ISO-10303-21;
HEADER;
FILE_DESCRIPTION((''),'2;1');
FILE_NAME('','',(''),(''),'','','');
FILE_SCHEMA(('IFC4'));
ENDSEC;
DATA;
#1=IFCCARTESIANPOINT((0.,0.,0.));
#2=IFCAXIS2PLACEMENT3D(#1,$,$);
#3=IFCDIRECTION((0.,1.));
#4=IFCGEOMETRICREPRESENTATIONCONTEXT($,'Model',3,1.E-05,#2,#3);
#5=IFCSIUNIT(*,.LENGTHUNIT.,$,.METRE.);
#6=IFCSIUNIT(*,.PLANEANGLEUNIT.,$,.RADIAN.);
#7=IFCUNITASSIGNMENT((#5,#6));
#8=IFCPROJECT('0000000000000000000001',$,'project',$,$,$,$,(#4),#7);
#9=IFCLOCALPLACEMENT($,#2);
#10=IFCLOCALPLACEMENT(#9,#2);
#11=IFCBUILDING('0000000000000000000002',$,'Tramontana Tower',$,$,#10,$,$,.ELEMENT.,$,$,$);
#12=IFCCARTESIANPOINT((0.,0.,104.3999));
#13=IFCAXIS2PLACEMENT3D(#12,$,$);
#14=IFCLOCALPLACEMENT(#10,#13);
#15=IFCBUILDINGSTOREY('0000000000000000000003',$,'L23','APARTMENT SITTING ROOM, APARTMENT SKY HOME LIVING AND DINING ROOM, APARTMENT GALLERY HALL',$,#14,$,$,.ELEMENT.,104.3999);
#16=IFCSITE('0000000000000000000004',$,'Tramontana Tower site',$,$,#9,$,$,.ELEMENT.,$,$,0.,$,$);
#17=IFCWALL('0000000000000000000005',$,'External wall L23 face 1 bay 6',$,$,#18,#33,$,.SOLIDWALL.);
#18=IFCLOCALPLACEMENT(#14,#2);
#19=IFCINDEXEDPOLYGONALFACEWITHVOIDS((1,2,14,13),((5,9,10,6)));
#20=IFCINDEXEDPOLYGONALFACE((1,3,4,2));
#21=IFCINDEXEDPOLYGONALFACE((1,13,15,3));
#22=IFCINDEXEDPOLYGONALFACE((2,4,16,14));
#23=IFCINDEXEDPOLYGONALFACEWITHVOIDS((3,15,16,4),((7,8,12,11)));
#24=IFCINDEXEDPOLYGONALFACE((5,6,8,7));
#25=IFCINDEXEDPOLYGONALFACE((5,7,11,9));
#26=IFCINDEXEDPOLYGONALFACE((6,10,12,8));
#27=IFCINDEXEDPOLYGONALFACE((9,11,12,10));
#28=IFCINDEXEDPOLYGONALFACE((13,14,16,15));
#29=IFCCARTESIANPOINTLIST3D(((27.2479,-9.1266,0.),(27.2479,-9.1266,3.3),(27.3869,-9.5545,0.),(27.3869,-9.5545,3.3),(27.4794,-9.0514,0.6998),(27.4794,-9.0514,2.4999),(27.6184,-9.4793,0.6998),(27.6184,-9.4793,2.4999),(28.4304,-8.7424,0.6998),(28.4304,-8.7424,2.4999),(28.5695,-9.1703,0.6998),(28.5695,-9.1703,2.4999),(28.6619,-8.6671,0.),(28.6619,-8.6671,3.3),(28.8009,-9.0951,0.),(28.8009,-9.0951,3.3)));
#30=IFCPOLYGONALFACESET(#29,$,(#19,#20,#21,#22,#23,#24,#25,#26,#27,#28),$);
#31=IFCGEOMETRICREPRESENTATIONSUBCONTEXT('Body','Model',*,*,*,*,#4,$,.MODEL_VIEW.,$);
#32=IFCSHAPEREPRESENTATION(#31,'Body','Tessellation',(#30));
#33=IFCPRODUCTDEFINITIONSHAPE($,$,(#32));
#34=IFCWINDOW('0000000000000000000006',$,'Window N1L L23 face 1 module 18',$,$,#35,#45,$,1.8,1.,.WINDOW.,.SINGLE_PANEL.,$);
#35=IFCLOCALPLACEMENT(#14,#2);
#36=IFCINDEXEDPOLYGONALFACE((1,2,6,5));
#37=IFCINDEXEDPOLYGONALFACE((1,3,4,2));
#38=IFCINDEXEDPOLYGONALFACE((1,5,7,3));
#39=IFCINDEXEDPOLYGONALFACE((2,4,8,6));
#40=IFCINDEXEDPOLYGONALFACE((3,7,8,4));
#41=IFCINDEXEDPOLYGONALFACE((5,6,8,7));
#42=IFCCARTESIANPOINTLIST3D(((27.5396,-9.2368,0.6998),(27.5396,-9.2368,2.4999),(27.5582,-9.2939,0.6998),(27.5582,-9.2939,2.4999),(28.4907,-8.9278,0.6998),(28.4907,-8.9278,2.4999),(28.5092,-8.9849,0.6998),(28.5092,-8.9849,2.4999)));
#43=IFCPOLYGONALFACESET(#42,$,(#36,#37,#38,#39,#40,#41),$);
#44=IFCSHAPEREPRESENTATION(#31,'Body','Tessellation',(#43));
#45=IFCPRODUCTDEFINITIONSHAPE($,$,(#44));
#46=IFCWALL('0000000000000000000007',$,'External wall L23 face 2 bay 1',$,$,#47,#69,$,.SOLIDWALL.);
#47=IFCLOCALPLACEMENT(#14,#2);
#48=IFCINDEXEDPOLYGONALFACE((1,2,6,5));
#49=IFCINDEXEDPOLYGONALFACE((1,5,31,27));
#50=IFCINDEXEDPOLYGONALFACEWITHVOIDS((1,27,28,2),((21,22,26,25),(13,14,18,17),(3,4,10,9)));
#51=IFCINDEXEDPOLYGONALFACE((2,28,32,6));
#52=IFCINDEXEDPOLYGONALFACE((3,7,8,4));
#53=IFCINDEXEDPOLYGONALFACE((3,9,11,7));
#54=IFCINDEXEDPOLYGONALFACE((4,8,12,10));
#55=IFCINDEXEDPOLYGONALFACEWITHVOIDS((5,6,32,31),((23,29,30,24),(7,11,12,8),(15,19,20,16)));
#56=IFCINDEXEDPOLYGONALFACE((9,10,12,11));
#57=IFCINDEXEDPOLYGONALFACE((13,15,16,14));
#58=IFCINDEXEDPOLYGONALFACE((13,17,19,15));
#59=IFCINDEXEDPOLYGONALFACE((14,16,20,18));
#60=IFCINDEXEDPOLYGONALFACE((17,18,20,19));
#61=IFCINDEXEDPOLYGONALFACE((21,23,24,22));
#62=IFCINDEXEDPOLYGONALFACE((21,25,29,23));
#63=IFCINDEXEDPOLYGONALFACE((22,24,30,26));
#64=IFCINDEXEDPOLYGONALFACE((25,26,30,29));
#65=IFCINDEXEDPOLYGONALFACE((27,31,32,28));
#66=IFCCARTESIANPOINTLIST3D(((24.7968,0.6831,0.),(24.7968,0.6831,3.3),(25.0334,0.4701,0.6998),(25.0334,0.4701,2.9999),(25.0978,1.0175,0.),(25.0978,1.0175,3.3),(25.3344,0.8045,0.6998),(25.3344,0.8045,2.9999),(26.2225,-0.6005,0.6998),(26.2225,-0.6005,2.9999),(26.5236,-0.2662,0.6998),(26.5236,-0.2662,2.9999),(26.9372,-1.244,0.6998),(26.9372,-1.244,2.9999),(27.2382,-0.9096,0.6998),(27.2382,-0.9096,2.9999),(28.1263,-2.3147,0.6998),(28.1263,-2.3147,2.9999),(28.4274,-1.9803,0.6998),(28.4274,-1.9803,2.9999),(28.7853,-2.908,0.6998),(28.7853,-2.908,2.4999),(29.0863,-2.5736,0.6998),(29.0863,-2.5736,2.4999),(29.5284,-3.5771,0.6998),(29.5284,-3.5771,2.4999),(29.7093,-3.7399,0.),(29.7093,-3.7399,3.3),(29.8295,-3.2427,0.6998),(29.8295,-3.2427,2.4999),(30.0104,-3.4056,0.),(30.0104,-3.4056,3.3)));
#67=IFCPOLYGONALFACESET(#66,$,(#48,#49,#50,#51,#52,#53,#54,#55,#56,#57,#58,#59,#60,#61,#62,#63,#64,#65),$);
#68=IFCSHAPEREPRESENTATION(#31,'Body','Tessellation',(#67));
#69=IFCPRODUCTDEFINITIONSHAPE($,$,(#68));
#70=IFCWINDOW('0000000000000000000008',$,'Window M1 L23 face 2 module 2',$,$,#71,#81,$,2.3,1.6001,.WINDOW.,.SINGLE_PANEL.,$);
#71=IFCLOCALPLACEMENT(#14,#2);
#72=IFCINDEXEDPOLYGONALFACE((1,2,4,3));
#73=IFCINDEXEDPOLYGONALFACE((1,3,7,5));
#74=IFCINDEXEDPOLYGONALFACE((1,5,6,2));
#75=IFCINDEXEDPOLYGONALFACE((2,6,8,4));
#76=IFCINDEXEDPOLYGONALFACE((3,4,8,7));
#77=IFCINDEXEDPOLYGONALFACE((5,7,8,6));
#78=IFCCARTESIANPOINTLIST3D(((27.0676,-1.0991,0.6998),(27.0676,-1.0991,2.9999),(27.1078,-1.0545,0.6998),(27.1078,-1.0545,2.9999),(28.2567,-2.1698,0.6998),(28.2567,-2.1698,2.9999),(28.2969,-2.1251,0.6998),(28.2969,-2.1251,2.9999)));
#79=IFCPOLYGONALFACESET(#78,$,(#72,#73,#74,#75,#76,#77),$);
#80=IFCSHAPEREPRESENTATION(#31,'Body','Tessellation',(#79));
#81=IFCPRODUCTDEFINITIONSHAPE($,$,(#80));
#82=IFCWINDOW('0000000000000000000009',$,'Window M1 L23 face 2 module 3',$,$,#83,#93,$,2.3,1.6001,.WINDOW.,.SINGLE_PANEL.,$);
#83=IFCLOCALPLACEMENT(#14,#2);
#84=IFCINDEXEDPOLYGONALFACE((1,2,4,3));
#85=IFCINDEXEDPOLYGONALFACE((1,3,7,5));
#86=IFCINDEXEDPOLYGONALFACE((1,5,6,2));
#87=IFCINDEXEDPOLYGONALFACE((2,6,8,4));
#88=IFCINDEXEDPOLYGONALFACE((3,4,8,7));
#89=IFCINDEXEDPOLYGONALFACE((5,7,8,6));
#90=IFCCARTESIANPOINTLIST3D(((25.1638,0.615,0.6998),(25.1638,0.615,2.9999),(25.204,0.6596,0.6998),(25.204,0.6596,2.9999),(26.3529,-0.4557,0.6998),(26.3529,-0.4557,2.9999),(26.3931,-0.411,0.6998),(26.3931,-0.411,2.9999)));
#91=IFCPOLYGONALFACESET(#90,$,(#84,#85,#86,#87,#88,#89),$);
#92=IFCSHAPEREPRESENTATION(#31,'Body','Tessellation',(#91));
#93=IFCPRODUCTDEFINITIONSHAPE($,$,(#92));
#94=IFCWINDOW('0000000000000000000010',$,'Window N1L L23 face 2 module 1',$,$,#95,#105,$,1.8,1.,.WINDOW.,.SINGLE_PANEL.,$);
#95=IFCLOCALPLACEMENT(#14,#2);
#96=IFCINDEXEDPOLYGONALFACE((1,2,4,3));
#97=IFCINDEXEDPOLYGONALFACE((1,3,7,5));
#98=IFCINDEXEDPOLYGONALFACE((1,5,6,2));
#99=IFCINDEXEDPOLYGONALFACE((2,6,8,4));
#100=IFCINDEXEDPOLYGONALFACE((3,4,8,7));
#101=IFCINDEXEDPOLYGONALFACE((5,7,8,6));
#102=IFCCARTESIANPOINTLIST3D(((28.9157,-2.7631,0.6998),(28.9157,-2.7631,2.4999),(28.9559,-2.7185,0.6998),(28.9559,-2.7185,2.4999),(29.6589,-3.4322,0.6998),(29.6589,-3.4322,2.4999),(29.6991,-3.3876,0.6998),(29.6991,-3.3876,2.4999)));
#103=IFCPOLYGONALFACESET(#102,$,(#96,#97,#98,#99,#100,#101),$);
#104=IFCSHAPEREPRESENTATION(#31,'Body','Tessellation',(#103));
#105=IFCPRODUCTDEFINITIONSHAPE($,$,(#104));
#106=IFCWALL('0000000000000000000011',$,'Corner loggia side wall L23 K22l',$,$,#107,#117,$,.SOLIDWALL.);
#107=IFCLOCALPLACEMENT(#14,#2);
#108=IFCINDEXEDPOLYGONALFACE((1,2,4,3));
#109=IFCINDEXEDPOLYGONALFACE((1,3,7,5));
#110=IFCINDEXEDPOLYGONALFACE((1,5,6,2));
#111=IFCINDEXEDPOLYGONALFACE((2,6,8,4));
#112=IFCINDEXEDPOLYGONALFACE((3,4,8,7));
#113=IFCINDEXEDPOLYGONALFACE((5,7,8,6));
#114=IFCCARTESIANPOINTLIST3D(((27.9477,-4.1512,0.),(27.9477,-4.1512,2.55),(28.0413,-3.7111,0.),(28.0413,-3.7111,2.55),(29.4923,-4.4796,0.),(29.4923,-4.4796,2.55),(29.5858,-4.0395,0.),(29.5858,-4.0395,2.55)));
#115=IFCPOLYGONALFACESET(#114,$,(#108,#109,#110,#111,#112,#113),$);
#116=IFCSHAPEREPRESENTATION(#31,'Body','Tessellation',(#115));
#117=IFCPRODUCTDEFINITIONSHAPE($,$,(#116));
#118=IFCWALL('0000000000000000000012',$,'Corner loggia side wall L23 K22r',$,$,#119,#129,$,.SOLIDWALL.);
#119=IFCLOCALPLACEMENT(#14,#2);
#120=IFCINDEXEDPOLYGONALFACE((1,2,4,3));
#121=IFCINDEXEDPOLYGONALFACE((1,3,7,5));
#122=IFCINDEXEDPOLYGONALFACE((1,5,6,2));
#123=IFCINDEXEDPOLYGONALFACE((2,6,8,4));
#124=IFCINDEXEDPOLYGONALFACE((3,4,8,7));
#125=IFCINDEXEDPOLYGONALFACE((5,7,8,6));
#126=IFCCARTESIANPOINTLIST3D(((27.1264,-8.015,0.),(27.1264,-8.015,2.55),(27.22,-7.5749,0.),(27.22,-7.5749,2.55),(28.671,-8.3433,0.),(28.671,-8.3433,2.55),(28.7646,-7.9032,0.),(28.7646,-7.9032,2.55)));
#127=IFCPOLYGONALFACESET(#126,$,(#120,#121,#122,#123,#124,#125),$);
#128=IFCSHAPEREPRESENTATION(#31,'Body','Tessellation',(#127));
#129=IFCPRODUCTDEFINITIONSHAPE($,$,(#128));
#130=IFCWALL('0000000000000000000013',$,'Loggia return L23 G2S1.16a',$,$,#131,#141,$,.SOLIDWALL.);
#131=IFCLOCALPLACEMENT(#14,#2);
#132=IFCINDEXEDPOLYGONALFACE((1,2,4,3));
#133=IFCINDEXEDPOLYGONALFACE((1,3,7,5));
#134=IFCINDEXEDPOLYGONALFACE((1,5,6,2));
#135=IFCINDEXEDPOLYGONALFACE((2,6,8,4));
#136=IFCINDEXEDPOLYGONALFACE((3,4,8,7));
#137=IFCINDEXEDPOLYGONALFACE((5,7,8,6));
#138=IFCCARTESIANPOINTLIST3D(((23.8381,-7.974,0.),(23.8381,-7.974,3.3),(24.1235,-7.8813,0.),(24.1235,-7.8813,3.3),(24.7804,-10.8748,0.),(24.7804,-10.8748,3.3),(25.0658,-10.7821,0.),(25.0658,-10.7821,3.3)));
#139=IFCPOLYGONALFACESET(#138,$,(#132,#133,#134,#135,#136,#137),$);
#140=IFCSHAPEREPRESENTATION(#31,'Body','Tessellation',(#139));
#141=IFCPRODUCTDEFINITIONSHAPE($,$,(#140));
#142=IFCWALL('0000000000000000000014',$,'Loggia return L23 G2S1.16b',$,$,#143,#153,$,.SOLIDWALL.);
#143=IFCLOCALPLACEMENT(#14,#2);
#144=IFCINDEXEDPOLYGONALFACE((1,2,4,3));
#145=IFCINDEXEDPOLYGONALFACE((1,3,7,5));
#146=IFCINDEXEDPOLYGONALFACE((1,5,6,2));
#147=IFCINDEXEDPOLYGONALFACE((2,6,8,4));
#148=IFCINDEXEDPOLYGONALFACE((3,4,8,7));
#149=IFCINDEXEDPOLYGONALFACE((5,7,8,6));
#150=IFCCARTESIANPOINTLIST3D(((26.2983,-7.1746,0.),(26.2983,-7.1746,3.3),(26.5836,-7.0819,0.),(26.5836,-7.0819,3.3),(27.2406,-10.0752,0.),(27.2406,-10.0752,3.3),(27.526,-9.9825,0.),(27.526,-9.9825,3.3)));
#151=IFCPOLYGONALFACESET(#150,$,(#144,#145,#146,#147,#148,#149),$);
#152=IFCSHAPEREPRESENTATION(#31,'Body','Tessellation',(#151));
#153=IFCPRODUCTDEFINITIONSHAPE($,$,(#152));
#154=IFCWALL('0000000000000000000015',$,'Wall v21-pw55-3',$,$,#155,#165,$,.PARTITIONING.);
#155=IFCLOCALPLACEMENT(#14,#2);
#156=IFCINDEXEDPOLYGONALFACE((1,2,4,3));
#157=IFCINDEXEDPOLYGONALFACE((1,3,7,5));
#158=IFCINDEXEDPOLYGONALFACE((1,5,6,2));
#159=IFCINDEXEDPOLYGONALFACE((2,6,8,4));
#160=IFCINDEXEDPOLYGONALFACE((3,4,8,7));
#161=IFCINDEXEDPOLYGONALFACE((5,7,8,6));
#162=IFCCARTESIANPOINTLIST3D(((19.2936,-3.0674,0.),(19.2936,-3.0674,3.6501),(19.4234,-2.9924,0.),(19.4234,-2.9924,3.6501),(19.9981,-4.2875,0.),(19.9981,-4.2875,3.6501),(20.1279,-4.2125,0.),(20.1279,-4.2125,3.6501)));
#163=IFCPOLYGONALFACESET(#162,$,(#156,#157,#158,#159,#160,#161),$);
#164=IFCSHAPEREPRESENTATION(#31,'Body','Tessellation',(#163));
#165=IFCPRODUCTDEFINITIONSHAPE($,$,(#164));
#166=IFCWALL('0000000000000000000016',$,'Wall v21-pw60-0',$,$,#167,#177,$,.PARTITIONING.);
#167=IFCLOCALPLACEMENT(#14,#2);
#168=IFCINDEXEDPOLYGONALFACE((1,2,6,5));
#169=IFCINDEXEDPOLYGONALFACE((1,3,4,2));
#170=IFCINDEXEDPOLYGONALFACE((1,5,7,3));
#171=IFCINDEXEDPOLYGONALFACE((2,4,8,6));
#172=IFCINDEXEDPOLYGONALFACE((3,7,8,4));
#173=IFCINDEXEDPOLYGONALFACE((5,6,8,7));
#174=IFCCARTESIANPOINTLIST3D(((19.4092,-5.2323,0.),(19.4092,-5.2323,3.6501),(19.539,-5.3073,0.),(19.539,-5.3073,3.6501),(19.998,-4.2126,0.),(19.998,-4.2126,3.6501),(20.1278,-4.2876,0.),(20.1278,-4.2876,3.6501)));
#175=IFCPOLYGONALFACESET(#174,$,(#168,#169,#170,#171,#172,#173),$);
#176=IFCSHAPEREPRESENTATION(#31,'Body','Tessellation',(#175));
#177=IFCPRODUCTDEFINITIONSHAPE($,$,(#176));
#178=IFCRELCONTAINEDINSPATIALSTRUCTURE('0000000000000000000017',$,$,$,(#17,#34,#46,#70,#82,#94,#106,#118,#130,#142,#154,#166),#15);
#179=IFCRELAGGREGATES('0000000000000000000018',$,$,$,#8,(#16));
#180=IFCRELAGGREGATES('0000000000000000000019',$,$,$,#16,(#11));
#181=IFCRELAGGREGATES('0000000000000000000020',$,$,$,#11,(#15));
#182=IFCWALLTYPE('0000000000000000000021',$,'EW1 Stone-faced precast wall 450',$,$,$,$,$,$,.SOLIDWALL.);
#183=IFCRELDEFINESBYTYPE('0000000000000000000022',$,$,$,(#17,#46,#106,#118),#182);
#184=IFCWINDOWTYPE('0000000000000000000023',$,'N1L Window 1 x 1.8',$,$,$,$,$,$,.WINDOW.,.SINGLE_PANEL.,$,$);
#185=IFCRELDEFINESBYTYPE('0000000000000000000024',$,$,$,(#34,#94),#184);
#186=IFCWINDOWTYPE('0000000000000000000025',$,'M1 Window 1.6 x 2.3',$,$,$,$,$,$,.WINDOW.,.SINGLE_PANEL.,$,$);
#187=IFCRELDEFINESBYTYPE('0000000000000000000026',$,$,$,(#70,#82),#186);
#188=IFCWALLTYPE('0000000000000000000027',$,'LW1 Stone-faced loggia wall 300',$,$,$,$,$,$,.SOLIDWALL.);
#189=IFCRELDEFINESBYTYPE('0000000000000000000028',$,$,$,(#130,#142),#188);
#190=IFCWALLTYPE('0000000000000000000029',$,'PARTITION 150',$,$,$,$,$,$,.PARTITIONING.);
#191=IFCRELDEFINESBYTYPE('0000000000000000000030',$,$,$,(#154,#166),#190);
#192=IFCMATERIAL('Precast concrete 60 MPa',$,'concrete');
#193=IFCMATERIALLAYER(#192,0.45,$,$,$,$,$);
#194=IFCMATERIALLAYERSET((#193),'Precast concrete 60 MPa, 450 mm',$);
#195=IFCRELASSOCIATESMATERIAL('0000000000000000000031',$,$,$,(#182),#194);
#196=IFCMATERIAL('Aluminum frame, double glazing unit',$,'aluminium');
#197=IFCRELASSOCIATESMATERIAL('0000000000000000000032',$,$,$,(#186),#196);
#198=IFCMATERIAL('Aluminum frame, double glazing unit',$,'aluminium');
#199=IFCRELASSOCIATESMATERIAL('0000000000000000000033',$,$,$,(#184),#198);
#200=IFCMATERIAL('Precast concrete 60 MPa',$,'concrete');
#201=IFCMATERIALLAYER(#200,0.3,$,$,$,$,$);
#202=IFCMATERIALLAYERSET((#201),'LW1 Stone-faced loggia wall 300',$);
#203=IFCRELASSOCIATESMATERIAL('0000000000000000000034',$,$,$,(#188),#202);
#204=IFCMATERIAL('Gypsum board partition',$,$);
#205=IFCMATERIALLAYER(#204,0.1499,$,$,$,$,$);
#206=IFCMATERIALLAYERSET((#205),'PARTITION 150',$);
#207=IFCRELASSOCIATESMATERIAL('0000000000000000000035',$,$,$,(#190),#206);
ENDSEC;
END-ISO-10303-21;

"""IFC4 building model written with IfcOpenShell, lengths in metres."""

from ifc_helpers import new_model, si_unit, direction, frame, frame_2d, origin, place, context, subcontext, project, spatial, rectangle, extrude, material, layer, layer_set, type_object, element, fill, save


model = new_model("IFC4")

# Units and contexts
model_context = context("Model", 3, precision=1e-05, world=origin(), true_north=direction((0.0, 1.0)))
body_context = subcontext(model_context, "Body", "Model", "MODEL_VIEW")
ifc_project = project(units=[si_unit("LENGTHUNIT", "METRE"), si_unit("PLANEANGLEUNIT", "RADIAN")], contexts=[model_context])

# Site, building, storey
site_placement = place(None, origin())
site = spatial("IfcSite", under=ifc_project, at=site_placement, Name="Tramontana Tower site", CompositionType="ELEMENT", RefElevation=0.0)
building_placement = place(site_placement, origin())
building = spatial("IfcBuilding", under=site, at=building_placement, Name="Tramontana Tower", CompositionType="ELEMENT")
storey_placement = place(building_placement, frame((0.0, 0.0, 104.3999)))
storey = spatial("IfcBuildingStorey", under=building, at=storey_placement, Name="L23", Description="APARTMENT SITTING ROOM, APARTMENT SKY HOME LIVING AND DINING ROOM, APARTMENT GALLERY HALL", CompositionType="ELEMENT", Elevation=104.3999)

# Wall, opening, window
ifc_material_1 = material(Name="Precast concrete 60 MPa", Category="concrete")
ifc_layer_1 = layer(ifc_material_1, 0.45)
ifc_layer_set_1 = layer_set([ifc_layer_1], Name="Precast concrete 60 MPa, 450 mm")
wall_type_1 = type_object("IfcWallType", Name="EW1 Stone-faced precast wall 450", PredefinedType="SOLIDWALL", material=ifc_layer_set_1)
ifc_material_2 = material(Name="Aluminum frame, double glazing unit", Category="aluminium")
window_type_1 = type_object("IfcWindowType", Name="M1 Window 1.6 x 2.3", PartitioningType="SINGLE_PANEL", PredefinedType="WINDOW", material=ifc_material_2)
wall_1_placement = place(storey_placement, frame((27.3174, -9.3406, 0.0), z_axis=(0.0, 0.0, 1.0), x_axis=(0.951053, 0.309027, 0.0)))
wall_1 = element("IfcWall", 1, at=wall_1_placement, inside=storey, type_object=wall_type_1, Name="External wall L23 face 1 bay 6", PredefinedType="SOLIDWALL", context=body_context, shape_type="SweptSolid", body=[
    extrude(rectangle(XDim=1.4868, YDim=0.45, at=frame_2d((0.7434, 0.0))), origin(), (0.0, 0.0, 1.0), 3.3),
])
opening_1_placement = place(wall_1_placement, frame((0.2434, 0.0, 0.7)))
opening_1 = element("IfcOpeningElement", 2, at=opening_1_placement, cuts=wall_1, PredefinedType="OPENING", context=body_context, shape_type="SweptSolid", body=[
    extrude(rectangle(XDim=1.0, YDim=1.8, at=frame_2d((0.5, 0.8999))), frame((0.0, 0.2349, 0.0), z_axis=(0.0, -1.0, 0.0), x_axis=(1.0, 0.0, 0.0)), (0.0, 0.0, 1.0), 0.47),
])
ifc_material_3 = material(Name="Aluminum frame, double glazing unit", Category="aluminium")
window_type_2 = type_object("IfcWindowType", Name="N1L Window 1 x 1.8", PartitioningType="SINGLE_PANEL", PredefinedType="WINDOW", material=ifc_material_3)
window_1_placement = place(opening_1_placement, origin())
window_1 = element("IfcWindow", 3, at=window_1_placement, inside=storey, type_object=window_type_2, Name="Window N1L L23 face 1 module 18", OverallHeight=1.8, OverallWidth=1.0, PartitioningType="SINGLE_PANEL", PredefinedType="WINDOW", context=body_context, shape_type="SweptSolid", body=[
    extrude(rectangle(XDim=1.0, YDim=1.8, at=frame_2d((0.5, 0.8999))), frame((0.0, 0.03, 0.0), z_axis=(0.0, -1.0, 0.0), x_axis=(1.0, 0.0, 0.0)), (0.0, 0.0, 1.0), 0.0601),
])
fill(opening_1, window_1)

# Wall, openings, windows
wall_2_placement = place(storey_placement, frame((29.8599, -3.5728, 0.0), z_axis=(0.0, 0.0, 1.0), x_axis=(-0.743162, 0.669112, 0.0)))
wall_2 = element("IfcWall", 4, at=wall_2_placement, inside=storey, type_object=wall_type_1, Name="External wall L23 face 2 bay 1", PredefinedType="SOLIDWALL", context=body_context, shape_type="SweptSolid", body=[
    extrude(rectangle(XDim=6.6104, YDim=0.45, at=frame_2d((3.3052, 0.0))), origin(), (0.0, 0.0, 1.0), 3.3),
])
opening_2_placement = place(wall_2_placement, frame((0.2434, 0.0, 0.7)))
opening_2 = element("IfcOpeningElement", 5, at=opening_2_placement, cuts=wall_2, PredefinedType="OPENING", context=body_context, shape_type="SweptSolid", body=[
    extrude(rectangle(XDim=1.0, YDim=1.8, at=frame_2d((0.5, 0.8999))), frame((0.0, 0.2349, 0.0), z_axis=(0.0, -1.0, 0.0), x_axis=(1.0, 0.0, 0.0)), (0.0, 0.0, 1.0), 0.47),
])
opening_3_placement = place(wall_2_placement, frame((2.1301, 0.0, 0.7)))
opening_3 = element("IfcOpeningElement", 6, at=opening_3_placement, cuts=wall_2, PredefinedType="OPENING", context=body_context, shape_type="SweptSolid", body=[
    extrude(rectangle(XDim=1.6001, YDim=2.3, at=frame_2d((0.8, 1.1499))), frame((0.0, 0.2349, 0.0), z_axis=(0.0, -1.0, 0.0), x_axis=(1.0, 0.0, 0.0)), (0.0, 0.0, 1.0), 0.47),
])
opening_4_placement = place(wall_2_placement, frame((4.6919, 0.0, 0.7)))
opening_4 = element("IfcOpeningElement", 7, at=opening_4_placement, cuts=wall_2, PredefinedType="OPENING", context=body_context, shape_type="SweptSolid", body=[
    extrude(rectangle(XDim=1.6001, YDim=2.3, at=frame_2d((0.8, 1.1499))), frame((0.0, 0.2349, 0.0), z_axis=(0.0, -1.0, 0.0), x_axis=(1.0, 0.0, 0.0)), (0.0, 0.0, 1.0), 0.47),
])
window_2_placement = place(opening_3_placement, origin())
window_2 = element("IfcWindow", 8, at=window_2_placement, inside=storey, type_object=window_type_1, Name="Window M1 L23 face 2 module 2", OverallHeight=2.3, OverallWidth=1.6001, PartitioningType="SINGLE_PANEL", PredefinedType="WINDOW", context=body_context, shape_type="SweptSolid", body=[
    extrude(rectangle(XDim=1.6001, YDim=2.3, at=frame_2d((0.8, 1.1499))), frame((0.0, 0.03, 0.0), z_axis=(0.0, -1.0, 0.0), x_axis=(1.0, 0.0, 0.0)), (0.0, 0.0, 1.0), 0.0601),
])
fill(opening_3, window_2)
window_3_placement = place(opening_4_placement, origin())
window_3 = element("IfcWindow", 9, at=window_3_placement, inside=storey, type_object=window_type_1, Name="Window M1 L23 face 2 module 3", OverallHeight=2.3, OverallWidth=1.6001, PartitioningType="SINGLE_PANEL", PredefinedType="WINDOW", context=body_context, shape_type="SweptSolid", body=[
    extrude(rectangle(XDim=1.6001, YDim=2.3, at=frame_2d((0.8, 1.1499))), frame((0.0, 0.03, 0.0), z_axis=(0.0, -1.0, 0.0), x_axis=(1.0, 0.0, 0.0)), (0.0, 0.0, 1.0), 0.0601),
])
fill(opening_4, window_3)
window_4_placement = place(opening_2_placement, origin())
window_4 = element("IfcWindow", 10, at=window_4_placement, inside=storey, type_object=window_type_2, Name="Window N1L L23 face 2 module 1", OverallHeight=1.8, OverallWidth=1.0, PartitioningType="SINGLE_PANEL", PredefinedType="WINDOW", context=body_context, shape_type="SweptSolid", body=[
    extrude(rectangle(XDim=1.0, YDim=1.8, at=frame_2d((0.5, 0.8999))), frame((0.0, 0.03, 0.0), z_axis=(0.0, -1.0, 0.0), x_axis=(1.0, 0.0, 0.0)), (0.0, 0.0, 1.0), 0.0601),
])
fill(opening_2, window_4)

# Walls
for number, where, z_axis, x_axis, name in (
    (11, (29.5391, -4.2595, 0.0), (0.0, 0.0, 1.0), (-0.978143, 0.207935, 0.0), "Corner loggia side wall L23 K22l"),
    (12, (28.7178, -8.1233, 0.0), (0.0, 0.0, 1.0), (-0.978143, 0.207935, 0.0), "Corner loggia side wall L23 K22r"),
):
    element("IfcWall", number, at=place(storey_placement, frame(where, z_axis=z_axis, x_axis=x_axis)), inside=storey, type_object=wall_type_1, Name=name, PredefinedType="SOLIDWALL", context=body_context, shape_type="SweptSolid", body=[
        extrude(rectangle(XDim=1.5791, YDim=0.45, at=frame_2d((0.7896, 0.0))), origin(), (0.0, 0.0, 1.0), 2.55),
    ])

# Shared definitions
ifc_material_4 = material(Name="Precast concrete 60 MPa", Category="concrete")
ifc_layer_2 = layer(ifc_material_4, 0.3)
ifc_layer_set_2 = layer_set([ifc_layer_2], Name="LW1 Stone-faced loggia wall 300")
wall_type_2 = type_object("IfcWallType", Name="LW1 Stone-faced loggia wall 300", PredefinedType="SOLIDWALL", material=ifc_layer_set_2)

# Walls
wall_3_placement = place(storey_placement, frame((24.9231, -10.8284, 0.0), z_axis=(0.0, 0.0, 1.0), x_axis=(-0.308967, 0.951073, 0.0)))
element("IfcWall", 13, at=wall_3_placement, inside=storey, type_object=wall_type_2, Name="Loggia return L23 G2S1.16a", PredefinedType="SOLIDWALL", context=body_context, shape_type="SweptSolid", body=[
    extrude(rectangle(XDim=3.05, YDim=0.3, at=frame_2d((1.5249, 0.0))), origin(), (0.0, 0.0, 1.0), 3.3),
])
wall_4_placement = place(storey_placement, frame((27.3833, -10.0288, 0.0), z_axis=(0.0, 0.0, 1.0), x_axis=(-0.30899, 0.951065, 0.0)))
element("IfcWall", 14, at=wall_4_placement, inside=storey, type_object=wall_type_2, Name="Loggia return L23 G2S1.16b", PredefinedType="SOLIDWALL", context=body_context, shape_type="SweptSolid", body=[
    extrude(rectangle(XDim=3.0498, YDim=0.3, at=frame_2d((1.5249, 0.0))), origin(), (0.0, 0.0, 1.0), 3.3),
])
ifc_material_5 = material(Name="Gypsum board partition")
ifc_layer_3 = layer(ifc_material_5, 0.1499)
ifc_layer_set_3 = layer_set([ifc_layer_3], Name="PARTITION 150")
wall_type_3 = type_object("IfcWallType", Name="PARTITION 150", PredefinedType="PARTITIONING", material=ifc_layer_set_3)
wall_5_placement = place(storey_placement, frame((19.3584, -3.0298, 0.0), z_axis=(0.0, 0.0, 1.0), x_axis=(0.500052, -0.865995, 0.0)))
element("IfcWall", 15, at=wall_5_placement, inside=storey, type_object=wall_type_3, Name="Wall v21-pw55-3", PredefinedType="PARTITIONING", context=body_context, shape_type="SweptSolid", body=[
    extrude(rectangle(XDim=1.4089, YDim=0.1499, at=frame_2d((0.7046, 0.0))), origin(), (0.0, 0.0, 1.0), 3.6501),
])
wall_6_placement = place(storey_placement, frame((20.063, -4.25, 0.0), z_axis=(0.0, 0.0, 1.0), x_axis=(-0.500063, -0.865989, 0.0)))
element("IfcWall", 16, at=wall_6_placement, inside=storey, type_object=wall_type_3, Name="Wall v21-pw60-0", PredefinedType="PARTITIONING", context=body_context, shape_type="SweptSolid", body=[
    extrude(rectangle(XDim=1.1775, YDim=0.1499, at=frame_2d((0.5889, 0.0))), origin(), (0.0, 0.0, 1.0), 3.6501),
])

save(model, "model.ifc")
